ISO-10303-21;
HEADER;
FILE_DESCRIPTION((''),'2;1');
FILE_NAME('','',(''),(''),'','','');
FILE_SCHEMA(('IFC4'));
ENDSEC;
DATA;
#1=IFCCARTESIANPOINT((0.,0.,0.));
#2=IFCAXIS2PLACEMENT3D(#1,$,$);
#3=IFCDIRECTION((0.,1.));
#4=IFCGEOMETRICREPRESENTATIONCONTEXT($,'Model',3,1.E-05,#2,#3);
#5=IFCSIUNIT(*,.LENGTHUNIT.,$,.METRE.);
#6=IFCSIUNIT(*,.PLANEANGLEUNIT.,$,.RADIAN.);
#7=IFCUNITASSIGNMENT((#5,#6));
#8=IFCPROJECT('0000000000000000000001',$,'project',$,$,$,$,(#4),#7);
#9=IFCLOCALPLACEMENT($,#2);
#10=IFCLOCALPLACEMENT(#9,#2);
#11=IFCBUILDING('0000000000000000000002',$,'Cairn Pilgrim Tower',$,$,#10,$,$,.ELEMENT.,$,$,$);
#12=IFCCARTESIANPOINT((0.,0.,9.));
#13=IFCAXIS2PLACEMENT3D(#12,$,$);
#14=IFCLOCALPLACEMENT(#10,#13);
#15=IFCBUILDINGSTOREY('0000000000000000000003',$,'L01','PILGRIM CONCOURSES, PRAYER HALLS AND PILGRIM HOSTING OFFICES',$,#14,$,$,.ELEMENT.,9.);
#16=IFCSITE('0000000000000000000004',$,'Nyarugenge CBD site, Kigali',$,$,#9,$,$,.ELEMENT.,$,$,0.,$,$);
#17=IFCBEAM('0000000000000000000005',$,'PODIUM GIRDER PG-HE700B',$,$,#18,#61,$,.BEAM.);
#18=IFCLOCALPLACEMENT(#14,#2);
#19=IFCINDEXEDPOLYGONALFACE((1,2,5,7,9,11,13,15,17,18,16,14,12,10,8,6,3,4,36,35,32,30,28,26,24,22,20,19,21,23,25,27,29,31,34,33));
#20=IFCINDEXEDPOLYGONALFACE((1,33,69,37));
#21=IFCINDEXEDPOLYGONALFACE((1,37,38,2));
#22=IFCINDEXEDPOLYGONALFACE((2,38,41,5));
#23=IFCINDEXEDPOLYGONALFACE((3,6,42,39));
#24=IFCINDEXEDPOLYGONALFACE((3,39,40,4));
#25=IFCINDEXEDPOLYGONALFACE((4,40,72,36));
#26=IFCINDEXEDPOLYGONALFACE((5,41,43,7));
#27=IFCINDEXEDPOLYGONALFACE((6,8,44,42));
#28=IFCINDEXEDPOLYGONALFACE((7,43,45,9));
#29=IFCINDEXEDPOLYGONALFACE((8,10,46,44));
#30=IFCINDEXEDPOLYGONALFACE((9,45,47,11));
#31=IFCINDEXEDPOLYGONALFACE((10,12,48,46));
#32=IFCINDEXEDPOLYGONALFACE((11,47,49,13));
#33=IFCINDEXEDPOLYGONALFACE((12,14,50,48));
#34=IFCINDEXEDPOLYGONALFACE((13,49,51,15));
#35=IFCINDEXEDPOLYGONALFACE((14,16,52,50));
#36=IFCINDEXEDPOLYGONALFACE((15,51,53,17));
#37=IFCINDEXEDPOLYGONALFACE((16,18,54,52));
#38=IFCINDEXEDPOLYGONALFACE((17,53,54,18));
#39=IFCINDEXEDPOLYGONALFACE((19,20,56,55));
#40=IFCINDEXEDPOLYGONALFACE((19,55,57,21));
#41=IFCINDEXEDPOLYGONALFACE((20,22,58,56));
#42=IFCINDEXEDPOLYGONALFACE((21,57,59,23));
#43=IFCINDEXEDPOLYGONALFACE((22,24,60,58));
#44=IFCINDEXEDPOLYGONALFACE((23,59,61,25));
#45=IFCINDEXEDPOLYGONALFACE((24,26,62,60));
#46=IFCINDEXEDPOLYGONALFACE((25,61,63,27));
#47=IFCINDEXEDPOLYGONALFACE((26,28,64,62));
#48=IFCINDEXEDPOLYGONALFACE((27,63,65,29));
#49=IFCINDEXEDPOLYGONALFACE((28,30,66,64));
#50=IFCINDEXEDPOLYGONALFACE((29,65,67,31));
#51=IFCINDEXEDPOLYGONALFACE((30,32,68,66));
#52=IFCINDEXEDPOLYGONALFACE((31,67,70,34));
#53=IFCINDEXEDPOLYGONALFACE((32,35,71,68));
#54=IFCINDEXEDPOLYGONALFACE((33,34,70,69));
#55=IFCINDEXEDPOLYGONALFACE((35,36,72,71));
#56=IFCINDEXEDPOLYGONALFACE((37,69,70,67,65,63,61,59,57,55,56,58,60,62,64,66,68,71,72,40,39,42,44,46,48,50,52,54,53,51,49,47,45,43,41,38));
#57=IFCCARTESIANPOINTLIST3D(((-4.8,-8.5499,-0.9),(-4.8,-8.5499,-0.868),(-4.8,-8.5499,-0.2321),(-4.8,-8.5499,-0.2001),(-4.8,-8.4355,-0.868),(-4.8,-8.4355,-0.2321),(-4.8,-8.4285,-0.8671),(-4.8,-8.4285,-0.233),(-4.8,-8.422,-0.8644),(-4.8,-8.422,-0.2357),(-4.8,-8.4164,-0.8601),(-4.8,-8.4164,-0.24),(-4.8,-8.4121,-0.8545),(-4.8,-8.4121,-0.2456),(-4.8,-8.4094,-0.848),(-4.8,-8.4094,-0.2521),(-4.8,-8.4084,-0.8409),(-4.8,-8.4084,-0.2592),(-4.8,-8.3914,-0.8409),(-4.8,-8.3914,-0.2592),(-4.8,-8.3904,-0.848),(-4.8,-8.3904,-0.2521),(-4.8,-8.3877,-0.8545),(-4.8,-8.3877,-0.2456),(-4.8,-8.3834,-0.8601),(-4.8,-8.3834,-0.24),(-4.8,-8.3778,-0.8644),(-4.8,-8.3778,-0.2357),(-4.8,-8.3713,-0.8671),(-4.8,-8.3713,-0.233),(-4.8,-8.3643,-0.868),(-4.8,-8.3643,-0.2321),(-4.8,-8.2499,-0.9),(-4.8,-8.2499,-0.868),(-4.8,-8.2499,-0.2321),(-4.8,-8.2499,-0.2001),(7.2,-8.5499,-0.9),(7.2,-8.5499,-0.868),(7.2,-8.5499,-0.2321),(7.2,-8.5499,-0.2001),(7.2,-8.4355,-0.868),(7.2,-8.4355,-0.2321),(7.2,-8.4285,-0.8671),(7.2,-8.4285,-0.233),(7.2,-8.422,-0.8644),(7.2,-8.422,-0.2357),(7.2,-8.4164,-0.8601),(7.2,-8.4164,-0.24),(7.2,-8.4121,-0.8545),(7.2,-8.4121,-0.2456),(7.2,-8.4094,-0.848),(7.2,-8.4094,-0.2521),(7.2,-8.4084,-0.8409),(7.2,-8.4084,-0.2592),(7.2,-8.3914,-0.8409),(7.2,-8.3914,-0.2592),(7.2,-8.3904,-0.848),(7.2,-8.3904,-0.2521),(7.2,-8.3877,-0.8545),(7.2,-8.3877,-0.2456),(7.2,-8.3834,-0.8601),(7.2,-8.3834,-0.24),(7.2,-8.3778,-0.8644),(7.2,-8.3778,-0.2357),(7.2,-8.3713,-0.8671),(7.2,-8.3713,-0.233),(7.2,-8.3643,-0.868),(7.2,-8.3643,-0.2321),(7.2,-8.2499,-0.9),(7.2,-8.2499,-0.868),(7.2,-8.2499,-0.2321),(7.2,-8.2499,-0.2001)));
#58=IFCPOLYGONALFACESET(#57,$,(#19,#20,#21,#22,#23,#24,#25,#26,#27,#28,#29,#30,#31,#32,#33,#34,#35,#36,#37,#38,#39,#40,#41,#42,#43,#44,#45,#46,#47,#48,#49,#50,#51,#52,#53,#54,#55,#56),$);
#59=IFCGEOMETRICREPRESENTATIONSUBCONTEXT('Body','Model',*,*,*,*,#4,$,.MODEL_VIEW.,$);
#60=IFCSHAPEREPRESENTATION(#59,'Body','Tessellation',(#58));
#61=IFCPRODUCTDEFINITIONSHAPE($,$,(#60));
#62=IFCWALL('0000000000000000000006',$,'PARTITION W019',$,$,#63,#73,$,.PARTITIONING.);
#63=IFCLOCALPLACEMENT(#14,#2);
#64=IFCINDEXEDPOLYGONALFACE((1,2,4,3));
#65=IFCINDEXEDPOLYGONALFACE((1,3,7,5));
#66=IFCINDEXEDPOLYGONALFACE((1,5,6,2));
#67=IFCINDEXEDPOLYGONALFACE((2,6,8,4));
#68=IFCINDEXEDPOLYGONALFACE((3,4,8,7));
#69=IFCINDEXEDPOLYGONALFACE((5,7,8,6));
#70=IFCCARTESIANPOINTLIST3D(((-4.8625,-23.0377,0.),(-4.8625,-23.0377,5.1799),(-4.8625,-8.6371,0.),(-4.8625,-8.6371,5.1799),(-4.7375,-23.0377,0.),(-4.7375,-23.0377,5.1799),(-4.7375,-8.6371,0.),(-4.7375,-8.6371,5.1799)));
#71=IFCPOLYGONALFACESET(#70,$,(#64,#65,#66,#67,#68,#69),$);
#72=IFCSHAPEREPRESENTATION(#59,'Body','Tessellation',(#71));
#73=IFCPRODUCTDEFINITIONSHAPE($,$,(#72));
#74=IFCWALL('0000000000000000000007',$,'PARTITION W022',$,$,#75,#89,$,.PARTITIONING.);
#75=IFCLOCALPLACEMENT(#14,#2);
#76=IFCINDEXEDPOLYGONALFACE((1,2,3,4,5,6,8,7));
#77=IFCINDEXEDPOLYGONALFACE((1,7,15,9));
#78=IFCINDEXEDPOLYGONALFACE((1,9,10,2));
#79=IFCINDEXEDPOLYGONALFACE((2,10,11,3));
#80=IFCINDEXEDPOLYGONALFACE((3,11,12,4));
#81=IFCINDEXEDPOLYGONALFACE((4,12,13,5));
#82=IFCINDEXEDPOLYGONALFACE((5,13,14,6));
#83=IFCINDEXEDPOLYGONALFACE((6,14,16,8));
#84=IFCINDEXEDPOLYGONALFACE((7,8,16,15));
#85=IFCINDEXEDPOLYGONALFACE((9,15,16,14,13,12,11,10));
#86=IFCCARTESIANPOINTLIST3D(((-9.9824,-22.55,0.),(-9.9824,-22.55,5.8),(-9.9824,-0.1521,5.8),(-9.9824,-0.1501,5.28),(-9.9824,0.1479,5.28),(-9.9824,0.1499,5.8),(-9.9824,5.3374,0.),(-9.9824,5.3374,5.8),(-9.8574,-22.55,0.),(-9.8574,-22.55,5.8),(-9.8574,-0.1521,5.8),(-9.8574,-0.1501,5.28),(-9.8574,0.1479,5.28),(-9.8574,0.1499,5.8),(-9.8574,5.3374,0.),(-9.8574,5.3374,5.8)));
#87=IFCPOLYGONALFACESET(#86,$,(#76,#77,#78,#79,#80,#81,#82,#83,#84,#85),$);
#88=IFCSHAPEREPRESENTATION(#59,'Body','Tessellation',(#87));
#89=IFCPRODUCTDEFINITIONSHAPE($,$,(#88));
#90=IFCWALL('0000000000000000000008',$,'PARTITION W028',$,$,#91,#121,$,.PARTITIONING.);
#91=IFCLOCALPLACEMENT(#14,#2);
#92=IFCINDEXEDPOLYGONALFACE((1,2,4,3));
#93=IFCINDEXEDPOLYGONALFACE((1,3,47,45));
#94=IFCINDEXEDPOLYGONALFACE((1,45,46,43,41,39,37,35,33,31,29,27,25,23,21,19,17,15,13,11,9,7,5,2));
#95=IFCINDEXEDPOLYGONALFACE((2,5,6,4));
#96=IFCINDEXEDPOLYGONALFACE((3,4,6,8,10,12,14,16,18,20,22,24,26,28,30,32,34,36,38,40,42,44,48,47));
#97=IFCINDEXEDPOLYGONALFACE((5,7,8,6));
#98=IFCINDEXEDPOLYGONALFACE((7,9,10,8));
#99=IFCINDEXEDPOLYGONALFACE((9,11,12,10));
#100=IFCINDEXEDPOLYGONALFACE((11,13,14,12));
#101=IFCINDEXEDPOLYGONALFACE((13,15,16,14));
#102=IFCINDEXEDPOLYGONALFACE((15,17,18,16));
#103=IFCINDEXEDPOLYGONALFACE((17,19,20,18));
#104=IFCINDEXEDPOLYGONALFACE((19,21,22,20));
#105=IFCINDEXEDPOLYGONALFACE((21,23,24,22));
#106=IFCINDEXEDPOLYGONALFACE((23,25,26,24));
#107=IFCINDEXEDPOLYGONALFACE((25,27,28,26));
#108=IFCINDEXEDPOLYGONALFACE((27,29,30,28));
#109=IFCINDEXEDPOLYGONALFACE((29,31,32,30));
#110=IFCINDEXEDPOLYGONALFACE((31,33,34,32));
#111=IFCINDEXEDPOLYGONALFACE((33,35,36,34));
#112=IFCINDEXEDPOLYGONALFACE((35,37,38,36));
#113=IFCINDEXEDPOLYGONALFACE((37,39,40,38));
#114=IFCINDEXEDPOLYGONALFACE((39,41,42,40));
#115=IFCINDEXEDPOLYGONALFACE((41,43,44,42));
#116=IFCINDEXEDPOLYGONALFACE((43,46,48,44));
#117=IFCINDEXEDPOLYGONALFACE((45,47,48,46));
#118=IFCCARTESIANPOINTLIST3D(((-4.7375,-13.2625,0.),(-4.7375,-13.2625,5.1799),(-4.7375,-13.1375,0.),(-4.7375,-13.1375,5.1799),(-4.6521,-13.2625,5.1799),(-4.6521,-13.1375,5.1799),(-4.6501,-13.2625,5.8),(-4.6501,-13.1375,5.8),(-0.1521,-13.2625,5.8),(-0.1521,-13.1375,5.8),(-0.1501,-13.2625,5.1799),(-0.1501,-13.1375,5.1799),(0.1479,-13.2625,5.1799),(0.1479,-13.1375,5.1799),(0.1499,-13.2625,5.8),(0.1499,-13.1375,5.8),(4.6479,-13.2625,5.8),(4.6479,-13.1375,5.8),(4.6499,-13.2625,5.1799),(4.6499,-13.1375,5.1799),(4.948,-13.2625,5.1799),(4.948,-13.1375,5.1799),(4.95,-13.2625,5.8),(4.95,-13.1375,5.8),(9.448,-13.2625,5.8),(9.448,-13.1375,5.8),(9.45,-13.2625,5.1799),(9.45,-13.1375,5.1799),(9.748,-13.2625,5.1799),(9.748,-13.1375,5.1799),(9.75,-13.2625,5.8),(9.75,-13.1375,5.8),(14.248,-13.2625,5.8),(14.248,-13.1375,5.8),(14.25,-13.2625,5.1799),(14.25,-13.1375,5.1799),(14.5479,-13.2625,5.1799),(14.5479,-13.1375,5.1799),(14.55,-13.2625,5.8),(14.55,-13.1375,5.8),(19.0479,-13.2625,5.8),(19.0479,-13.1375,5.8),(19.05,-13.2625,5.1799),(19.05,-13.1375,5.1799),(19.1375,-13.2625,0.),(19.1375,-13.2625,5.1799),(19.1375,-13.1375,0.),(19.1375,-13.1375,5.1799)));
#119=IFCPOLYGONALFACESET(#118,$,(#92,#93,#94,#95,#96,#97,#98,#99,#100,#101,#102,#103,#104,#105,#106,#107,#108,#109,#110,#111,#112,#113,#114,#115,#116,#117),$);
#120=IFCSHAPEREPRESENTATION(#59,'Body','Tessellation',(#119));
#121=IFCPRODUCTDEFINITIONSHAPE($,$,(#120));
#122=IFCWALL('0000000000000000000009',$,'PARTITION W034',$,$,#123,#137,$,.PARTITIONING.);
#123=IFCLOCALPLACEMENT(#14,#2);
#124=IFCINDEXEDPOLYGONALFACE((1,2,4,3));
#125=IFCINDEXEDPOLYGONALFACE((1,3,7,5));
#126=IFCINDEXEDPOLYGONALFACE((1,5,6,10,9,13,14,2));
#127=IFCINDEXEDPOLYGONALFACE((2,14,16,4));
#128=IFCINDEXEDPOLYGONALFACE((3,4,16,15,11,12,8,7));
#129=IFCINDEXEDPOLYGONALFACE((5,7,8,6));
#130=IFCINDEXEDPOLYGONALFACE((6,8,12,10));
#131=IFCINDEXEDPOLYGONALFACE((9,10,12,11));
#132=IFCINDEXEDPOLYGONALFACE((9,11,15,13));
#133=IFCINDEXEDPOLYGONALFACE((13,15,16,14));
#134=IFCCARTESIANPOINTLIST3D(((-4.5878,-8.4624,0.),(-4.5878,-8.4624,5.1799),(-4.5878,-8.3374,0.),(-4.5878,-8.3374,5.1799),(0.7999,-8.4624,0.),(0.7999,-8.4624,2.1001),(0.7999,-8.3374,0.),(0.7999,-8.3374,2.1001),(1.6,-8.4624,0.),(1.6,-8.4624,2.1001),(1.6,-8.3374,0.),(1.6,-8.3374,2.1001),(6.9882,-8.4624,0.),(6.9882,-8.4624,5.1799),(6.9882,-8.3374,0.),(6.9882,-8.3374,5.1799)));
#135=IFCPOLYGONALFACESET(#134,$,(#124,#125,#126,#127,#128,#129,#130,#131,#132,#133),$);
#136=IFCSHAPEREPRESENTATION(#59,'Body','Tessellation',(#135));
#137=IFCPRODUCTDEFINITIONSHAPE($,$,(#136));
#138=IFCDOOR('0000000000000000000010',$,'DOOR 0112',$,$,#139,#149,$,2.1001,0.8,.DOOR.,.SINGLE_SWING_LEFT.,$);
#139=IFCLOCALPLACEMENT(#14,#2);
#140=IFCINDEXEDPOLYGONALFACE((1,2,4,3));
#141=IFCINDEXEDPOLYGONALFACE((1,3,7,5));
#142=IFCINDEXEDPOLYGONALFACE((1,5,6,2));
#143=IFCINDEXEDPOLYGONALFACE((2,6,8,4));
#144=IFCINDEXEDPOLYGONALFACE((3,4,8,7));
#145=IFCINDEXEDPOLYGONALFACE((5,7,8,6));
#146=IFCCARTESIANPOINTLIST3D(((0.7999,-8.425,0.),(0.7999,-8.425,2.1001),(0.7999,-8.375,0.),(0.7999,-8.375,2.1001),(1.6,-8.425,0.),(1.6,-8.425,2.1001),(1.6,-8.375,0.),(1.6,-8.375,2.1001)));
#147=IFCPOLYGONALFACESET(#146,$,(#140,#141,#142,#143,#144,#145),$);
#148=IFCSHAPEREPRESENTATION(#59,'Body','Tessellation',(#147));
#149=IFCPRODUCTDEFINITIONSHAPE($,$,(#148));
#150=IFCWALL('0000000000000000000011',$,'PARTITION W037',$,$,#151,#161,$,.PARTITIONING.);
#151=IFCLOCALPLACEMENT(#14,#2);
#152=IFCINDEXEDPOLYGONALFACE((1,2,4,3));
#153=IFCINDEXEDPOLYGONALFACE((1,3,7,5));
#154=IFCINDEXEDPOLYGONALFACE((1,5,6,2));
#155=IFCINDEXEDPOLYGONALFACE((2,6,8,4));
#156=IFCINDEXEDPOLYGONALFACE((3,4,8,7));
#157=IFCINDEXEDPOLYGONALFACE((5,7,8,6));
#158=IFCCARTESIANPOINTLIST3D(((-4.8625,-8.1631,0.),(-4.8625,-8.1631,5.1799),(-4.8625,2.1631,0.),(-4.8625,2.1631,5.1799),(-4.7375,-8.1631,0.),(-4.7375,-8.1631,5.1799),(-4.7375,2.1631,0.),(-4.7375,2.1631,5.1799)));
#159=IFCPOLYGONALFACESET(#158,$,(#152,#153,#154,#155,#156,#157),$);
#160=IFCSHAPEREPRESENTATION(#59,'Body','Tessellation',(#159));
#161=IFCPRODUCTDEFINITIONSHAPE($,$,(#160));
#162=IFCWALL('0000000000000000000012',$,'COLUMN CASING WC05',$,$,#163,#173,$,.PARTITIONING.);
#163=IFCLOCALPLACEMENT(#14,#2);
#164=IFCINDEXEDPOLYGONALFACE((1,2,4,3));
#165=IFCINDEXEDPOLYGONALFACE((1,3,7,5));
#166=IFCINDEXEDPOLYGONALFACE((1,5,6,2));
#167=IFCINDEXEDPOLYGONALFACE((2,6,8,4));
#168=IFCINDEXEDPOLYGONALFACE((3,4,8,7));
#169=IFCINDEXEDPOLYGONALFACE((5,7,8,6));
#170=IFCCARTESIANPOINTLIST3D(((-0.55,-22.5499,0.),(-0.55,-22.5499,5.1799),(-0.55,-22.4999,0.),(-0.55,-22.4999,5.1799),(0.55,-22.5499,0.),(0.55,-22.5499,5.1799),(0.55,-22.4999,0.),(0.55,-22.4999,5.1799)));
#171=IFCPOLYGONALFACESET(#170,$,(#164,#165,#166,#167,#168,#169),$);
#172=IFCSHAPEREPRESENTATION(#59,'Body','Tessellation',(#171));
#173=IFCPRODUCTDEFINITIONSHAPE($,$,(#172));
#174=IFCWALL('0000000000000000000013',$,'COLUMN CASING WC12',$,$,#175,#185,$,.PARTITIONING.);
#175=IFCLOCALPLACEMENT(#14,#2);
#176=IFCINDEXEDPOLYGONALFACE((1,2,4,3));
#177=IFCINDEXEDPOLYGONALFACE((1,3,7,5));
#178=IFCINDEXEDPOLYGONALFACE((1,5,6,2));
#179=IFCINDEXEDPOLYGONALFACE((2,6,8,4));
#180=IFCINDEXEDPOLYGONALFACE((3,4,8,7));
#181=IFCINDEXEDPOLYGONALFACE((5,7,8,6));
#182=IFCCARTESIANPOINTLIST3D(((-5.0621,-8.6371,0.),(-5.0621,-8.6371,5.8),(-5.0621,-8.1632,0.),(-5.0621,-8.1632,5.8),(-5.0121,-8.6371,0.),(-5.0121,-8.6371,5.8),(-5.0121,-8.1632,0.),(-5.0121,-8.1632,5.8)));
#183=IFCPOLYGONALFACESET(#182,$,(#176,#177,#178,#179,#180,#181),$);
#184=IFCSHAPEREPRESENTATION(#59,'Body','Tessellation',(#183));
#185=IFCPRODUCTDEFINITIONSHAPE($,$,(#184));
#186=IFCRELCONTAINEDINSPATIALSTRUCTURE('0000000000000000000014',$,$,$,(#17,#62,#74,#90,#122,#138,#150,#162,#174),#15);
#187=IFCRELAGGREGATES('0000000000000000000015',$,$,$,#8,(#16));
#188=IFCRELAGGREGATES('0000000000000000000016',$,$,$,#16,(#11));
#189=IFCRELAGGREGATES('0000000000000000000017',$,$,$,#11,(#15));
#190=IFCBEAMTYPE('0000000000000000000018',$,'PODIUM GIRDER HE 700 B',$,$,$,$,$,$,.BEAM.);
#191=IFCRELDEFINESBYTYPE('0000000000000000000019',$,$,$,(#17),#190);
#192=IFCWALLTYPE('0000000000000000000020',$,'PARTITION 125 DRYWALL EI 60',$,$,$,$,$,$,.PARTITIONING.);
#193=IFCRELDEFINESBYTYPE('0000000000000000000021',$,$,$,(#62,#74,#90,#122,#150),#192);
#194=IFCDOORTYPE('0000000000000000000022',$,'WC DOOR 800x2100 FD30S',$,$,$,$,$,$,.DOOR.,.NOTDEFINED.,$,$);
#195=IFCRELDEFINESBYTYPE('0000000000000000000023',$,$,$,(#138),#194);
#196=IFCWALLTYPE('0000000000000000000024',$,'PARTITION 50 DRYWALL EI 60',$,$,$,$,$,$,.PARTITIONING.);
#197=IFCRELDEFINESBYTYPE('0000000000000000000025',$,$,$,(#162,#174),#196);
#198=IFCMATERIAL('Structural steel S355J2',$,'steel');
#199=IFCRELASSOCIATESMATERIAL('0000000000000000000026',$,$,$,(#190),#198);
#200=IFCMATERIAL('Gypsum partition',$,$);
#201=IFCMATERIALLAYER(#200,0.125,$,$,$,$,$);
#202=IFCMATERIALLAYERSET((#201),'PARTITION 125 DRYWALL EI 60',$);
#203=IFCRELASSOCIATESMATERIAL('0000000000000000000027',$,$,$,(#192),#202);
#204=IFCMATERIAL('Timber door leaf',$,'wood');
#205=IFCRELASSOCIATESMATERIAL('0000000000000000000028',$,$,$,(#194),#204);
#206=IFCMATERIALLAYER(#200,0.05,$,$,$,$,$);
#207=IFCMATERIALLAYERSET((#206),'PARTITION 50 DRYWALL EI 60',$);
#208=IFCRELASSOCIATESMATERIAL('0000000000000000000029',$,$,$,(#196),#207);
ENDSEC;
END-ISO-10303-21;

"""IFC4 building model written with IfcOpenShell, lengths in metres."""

from ifc_helpers import new_model, si_unit, direction, frame, frame_2d, origin, origin_2d, place, context, subcontext, project, spatial, polyline, rectangle, i_section, outline, extrude, material, layer, layer_set, material_profile, profile_set, type_object, element, fill, save


model = new_model("IFC4")

# Units and contexts
model_context = context("Model", 3, precision=1e-05, world=origin(), true_north=direction((0.0, 1.0)))
body_context = subcontext(model_context, "Body", "Model", "MODEL_VIEW")
ifc_project = project(units=[si_unit("LENGTHUNIT", "METRE"), si_unit("PLANEANGLEUNIT", "RADIAN")], contexts=[model_context])

# Site, building, storey
site_placement = place(None, origin())
site = spatial("IfcSite", under=ifc_project, at=site_placement, Name="Nyarugenge CBD site, Kigali", CompositionType="ELEMENT", RefElevation=0.0)
building_placement = place(site_placement, origin())
building = spatial("IfcBuilding", under=site, at=building_placement, Name="Cairn Pilgrim Tower", CompositionType="ELEMENT")
storey_placement = place(building_placement, frame((0.0, 0.0, 9.0)))
storey = spatial("IfcBuildingStorey", under=building, at=storey_placement, Name="L01", Description="PILGRIM CONCOURSES, PRAYER HALLS AND PILGRIM HOSTING OFFICES", CompositionType="ELEMENT", Elevation=9.0)

# Beam
ifc_material_1 = material(Name="Structural steel S355J2", Category="steel")
ifc_material_profile_1 = material_profile(ifc_material_1, i_section(OverallWidth=0.3, OverallDepth=0.7, WebThickness=0.0171, FlangeThickness=0.032, FilletRadius=0.0271, at=origin_2d()), Name="HEB 700")
ifc_profile_set_1 = profile_set([ifc_material_profile_1], Name="Structural steel S355J2")
beam_type_1 = type_object("IfcBeamType", Name="PODIUM GIRDER HE 700 B", PredefinedType="BEAM", material=ifc_profile_set_1)
beam_1_placement = place(storey_placement, frame((-4.8, -8.3999, -0.55), z_axis=(1.0, 0.0, 0.0), x_axis=(0.0, 1.0, 0.0)))
element("IfcBeam", 1, at=beam_1_placement, inside=storey, type_object=beam_type_1, Name="PODIUM GIRDER PG-HE700B", PredefinedType="BEAM", context=body_context, shape_type="SweptSolid", body=[
    extrude(i_section(OverallWidth=0.3, OverallDepth=0.7, WebThickness=0.0171, FlangeThickness=0.032, FilletRadius=0.0271, at=origin_2d()), origin(), (0.0, 0.0, 1.0), 12.0),
])

# Walls
ifc_material_2 = material(Name="Gypsum partition")
ifc_layer_1 = layer(ifc_material_2, 0.125)
ifc_layer_set_1 = layer_set([ifc_layer_1], Name="PARTITION 125 DRYWALL EI 60")
wall_type_1 = type_object("IfcWallType", Name="PARTITION 125 DRYWALL EI 60", PredefinedType="PARTITIONING", material=ifc_layer_set_1)
wall_1_placement = place(storey_placement, frame((-4.8, -23.0376, 0.0), z_axis=(0.0, 0.0, 1.0), x_axis=(0.0, 1.0, 0.0)))
element("IfcWall", 2, at=wall_1_placement, inside=storey, type_object=wall_type_1, Name="PARTITION W019", PredefinedType="PARTITIONING", context=body_context, shape_type="SweptSolid", body=[
    extrude(rectangle(XDim=14.4006, YDim=0.125, at=frame_2d((7.2002, 0.0))), origin(), (0.0, 0.0, 1.0), 5.1799),
])
wall_2_placement = place(storey_placement, frame((-9.9199, -22.55, 0.0), z_axis=(0.0, 0.0, 1.0), x_axis=(0.0, 1.0, 0.0)))
element("IfcWall", 3, at=wall_2_placement, inside=storey, type_object=wall_type_1, Name="PARTITION W022", PredefinedType="PARTITIONING", context=body_context, shape_type="SweptSolid", body=[
    extrude(outline(polyline([(0.0, 0.0), (27.8875, 0.0), (27.8875, 5.8), (22.7, 5.8), (22.698, 5.28), (22.3999, 5.28), (22.3979, 5.8), (0.0, 5.8), (0.0, 0.0)])), frame((0.0, 0.0625, 0.0), z_axis=(0.0, -1.0, 0.0), x_axis=(1.0, 0.0, 0.0)), (0.0, 0.0, 1.0), 0.125),
])
wall_3_placement = place(storey_placement, frame((-4.7375, -13.2, 0.0), z_axis=(0.0, 0.0, 1.0), x_axis=(1.0, 0.0, 0.0)))
element("IfcWall", 4, at=wall_3_placement, inside=storey, type_object=wall_type_1, Name="PARTITION W028", PredefinedType="PARTITIONING", context=body_context, shape_type="SweptSolid", body=[
    extrude(outline(polyline([(0.0, 0.0), (23.875, 0.0), (23.875, 5.1799), (23.7876, 5.1799), (23.7854, 5.8), (19.2876, 5.8), (19.2854, 5.1799), (18.9875, 5.1799), (18.9856, 5.8), (14.4875, 5.8), (14.4856, 5.1799), (14.1875, 5.1799), (14.1855, 5.8), (9.6875, 5.8), (9.6855, 5.1799), (9.3875, 5.1799), (9.3855, 5.8), (4.8875, 5.8), (4.8855, 5.1799), (4.5874, 5.1799), (4.5854, 5.8), (0.0874, 5.8), (0.0854, 5.1799), (0.0, 5.1799), (0.0, 0.0)])), frame((0.0, 0.0625, 0.0), z_axis=(0.0, -1.0, 0.0), x_axis=(1.0, 0.0, 0.0)), (0.0, 0.0, 1.0), 0.125),
])

# Wall, opening, door
wall_4_placement = place(storey_placement, frame((-4.5879, -8.3999, 0.0), z_axis=(0.0, 0.0, 1.0), x_axis=(1.0, 0.0, 0.0)))
wall_4 = element("IfcWall", 5, at=wall_4_placement, inside=storey, type_object=wall_type_1, Name="PARTITION W034", PredefinedType="PARTITIONING", context=body_context, shape_type="SweptSolid", body=[
    extrude(rectangle(XDim=11.5759, YDim=0.125, at=frame_2d((5.7881, 0.0))), origin(), (0.0, 0.0, 1.0), 5.1799),
])
opening_placement = place(wall_4_placement, frame((5.3879, 0.0, 0.0)))
opening = element("IfcOpeningElement", 6, at=opening_placement, cuts=wall_4, PredefinedType="OPENING", context=body_context, shape_type="SweptSolid", body=[
    extrude(rectangle(XDim=0.8, YDim=2.1001, at=frame_2d((0.3999, 1.05))), frame((0.0, 0.0725, 0.0), z_axis=(0.0, -1.0, 0.0), x_axis=(1.0, 0.0, 0.0)), (0.0, 0.0, 1.0), 0.145),
])
ifc_material_3 = material(Name="Timber door leaf", Category="wood")
door_type = type_object("IfcDoorType", Name="WC DOOR 800x2100 FD30S", OperationType="NOTDEFINED", PredefinedType="DOOR", material=ifc_material_3)
door_placement = place(opening_placement, origin())
door = element("IfcDoor", 7, at=door_placement, inside=storey, type_object=door_type, Name="DOOR 0112", OperationType="SINGLE_SWING_LEFT", OverallHeight=2.1001, OverallWidth=0.8, PredefinedType="DOOR", context=body_context, shape_type="SweptSolid", body=[
    extrude(rectangle(XDim=0.8, YDim=2.1001, at=frame_2d((0.3999, 1.05))), frame((0.0, 0.0249, 0.0), z_axis=(0.0, -1.0, 0.0), x_axis=(1.0, 0.0, 0.0)), (0.0, 0.0, 1.0), 0.05),
])
fill(opening, door)

# Walls
wall_5_placement = place(storey_placement, frame((-4.8, -8.1631, 0.0), z_axis=(0.0, 0.0, 1.0), x_axis=(0.0, 1.0, 0.0)))
element("IfcWall", 8, at=wall_5_placement, inside=storey, type_object=wall_type_1, Name="PARTITION W037", PredefinedType="PARTITIONING", context=body_context, shape_type="SweptSolid", body=[
    extrude(rectangle(XDim=10.3262, YDim=0.125, at=frame_2d((5.1631, 0.0))), origin(), (0.0, 0.0, 1.0), 5.1799),
])
ifc_layer_2 = layer(ifc_material_2, 0.05)
ifc_layer_set_2 = layer_set([ifc_layer_2], Name="PARTITION 50 DRYWALL EI 60")
wall_type_2 = type_object("IfcWallType", Name="PARTITION 50 DRYWALL EI 60", PredefinedType="PARTITIONING", material=ifc_layer_set_2)
wall_6_placement = place(storey_placement, frame((-0.55, -22.5249, 0.0), z_axis=(0.0, 0.0, 1.0), x_axis=(1.0, 0.0, 0.0)))
element("IfcWall", 9, at=wall_6_placement, inside=storey, type_object=wall_type_2, Name="COLUMN CASING WC05", PredefinedType="PARTITIONING", context=body_context, shape_type="SweptSolid", body=[
    extrude(rectangle(XDim=1.1001, YDim=0.05, at=frame_2d((0.55, 0.0))), origin(), (0.0, 0.0, 1.0), 5.1799),
])
wall_7_placement = place(storey_placement, frame((-5.0371, -8.637, 0.0), z_axis=(0.0, 0.0, 1.0), x_axis=(0.0, 1.0, 0.0)))
element("IfcWall", 10, at=wall_7_placement, inside=storey, type_object=wall_type_2, Name="COLUMN CASING WC12", PredefinedType="PARTITIONING", context=body_context, shape_type="SweptSolid", body=[
    extrude(rectangle(XDim=0.4739, YDim=0.05, at=frame_2d((0.2368, 0.0))), origin(), (0.0, 0.0, 1.0), 5.8),
])

save(model, "model.ifc")
